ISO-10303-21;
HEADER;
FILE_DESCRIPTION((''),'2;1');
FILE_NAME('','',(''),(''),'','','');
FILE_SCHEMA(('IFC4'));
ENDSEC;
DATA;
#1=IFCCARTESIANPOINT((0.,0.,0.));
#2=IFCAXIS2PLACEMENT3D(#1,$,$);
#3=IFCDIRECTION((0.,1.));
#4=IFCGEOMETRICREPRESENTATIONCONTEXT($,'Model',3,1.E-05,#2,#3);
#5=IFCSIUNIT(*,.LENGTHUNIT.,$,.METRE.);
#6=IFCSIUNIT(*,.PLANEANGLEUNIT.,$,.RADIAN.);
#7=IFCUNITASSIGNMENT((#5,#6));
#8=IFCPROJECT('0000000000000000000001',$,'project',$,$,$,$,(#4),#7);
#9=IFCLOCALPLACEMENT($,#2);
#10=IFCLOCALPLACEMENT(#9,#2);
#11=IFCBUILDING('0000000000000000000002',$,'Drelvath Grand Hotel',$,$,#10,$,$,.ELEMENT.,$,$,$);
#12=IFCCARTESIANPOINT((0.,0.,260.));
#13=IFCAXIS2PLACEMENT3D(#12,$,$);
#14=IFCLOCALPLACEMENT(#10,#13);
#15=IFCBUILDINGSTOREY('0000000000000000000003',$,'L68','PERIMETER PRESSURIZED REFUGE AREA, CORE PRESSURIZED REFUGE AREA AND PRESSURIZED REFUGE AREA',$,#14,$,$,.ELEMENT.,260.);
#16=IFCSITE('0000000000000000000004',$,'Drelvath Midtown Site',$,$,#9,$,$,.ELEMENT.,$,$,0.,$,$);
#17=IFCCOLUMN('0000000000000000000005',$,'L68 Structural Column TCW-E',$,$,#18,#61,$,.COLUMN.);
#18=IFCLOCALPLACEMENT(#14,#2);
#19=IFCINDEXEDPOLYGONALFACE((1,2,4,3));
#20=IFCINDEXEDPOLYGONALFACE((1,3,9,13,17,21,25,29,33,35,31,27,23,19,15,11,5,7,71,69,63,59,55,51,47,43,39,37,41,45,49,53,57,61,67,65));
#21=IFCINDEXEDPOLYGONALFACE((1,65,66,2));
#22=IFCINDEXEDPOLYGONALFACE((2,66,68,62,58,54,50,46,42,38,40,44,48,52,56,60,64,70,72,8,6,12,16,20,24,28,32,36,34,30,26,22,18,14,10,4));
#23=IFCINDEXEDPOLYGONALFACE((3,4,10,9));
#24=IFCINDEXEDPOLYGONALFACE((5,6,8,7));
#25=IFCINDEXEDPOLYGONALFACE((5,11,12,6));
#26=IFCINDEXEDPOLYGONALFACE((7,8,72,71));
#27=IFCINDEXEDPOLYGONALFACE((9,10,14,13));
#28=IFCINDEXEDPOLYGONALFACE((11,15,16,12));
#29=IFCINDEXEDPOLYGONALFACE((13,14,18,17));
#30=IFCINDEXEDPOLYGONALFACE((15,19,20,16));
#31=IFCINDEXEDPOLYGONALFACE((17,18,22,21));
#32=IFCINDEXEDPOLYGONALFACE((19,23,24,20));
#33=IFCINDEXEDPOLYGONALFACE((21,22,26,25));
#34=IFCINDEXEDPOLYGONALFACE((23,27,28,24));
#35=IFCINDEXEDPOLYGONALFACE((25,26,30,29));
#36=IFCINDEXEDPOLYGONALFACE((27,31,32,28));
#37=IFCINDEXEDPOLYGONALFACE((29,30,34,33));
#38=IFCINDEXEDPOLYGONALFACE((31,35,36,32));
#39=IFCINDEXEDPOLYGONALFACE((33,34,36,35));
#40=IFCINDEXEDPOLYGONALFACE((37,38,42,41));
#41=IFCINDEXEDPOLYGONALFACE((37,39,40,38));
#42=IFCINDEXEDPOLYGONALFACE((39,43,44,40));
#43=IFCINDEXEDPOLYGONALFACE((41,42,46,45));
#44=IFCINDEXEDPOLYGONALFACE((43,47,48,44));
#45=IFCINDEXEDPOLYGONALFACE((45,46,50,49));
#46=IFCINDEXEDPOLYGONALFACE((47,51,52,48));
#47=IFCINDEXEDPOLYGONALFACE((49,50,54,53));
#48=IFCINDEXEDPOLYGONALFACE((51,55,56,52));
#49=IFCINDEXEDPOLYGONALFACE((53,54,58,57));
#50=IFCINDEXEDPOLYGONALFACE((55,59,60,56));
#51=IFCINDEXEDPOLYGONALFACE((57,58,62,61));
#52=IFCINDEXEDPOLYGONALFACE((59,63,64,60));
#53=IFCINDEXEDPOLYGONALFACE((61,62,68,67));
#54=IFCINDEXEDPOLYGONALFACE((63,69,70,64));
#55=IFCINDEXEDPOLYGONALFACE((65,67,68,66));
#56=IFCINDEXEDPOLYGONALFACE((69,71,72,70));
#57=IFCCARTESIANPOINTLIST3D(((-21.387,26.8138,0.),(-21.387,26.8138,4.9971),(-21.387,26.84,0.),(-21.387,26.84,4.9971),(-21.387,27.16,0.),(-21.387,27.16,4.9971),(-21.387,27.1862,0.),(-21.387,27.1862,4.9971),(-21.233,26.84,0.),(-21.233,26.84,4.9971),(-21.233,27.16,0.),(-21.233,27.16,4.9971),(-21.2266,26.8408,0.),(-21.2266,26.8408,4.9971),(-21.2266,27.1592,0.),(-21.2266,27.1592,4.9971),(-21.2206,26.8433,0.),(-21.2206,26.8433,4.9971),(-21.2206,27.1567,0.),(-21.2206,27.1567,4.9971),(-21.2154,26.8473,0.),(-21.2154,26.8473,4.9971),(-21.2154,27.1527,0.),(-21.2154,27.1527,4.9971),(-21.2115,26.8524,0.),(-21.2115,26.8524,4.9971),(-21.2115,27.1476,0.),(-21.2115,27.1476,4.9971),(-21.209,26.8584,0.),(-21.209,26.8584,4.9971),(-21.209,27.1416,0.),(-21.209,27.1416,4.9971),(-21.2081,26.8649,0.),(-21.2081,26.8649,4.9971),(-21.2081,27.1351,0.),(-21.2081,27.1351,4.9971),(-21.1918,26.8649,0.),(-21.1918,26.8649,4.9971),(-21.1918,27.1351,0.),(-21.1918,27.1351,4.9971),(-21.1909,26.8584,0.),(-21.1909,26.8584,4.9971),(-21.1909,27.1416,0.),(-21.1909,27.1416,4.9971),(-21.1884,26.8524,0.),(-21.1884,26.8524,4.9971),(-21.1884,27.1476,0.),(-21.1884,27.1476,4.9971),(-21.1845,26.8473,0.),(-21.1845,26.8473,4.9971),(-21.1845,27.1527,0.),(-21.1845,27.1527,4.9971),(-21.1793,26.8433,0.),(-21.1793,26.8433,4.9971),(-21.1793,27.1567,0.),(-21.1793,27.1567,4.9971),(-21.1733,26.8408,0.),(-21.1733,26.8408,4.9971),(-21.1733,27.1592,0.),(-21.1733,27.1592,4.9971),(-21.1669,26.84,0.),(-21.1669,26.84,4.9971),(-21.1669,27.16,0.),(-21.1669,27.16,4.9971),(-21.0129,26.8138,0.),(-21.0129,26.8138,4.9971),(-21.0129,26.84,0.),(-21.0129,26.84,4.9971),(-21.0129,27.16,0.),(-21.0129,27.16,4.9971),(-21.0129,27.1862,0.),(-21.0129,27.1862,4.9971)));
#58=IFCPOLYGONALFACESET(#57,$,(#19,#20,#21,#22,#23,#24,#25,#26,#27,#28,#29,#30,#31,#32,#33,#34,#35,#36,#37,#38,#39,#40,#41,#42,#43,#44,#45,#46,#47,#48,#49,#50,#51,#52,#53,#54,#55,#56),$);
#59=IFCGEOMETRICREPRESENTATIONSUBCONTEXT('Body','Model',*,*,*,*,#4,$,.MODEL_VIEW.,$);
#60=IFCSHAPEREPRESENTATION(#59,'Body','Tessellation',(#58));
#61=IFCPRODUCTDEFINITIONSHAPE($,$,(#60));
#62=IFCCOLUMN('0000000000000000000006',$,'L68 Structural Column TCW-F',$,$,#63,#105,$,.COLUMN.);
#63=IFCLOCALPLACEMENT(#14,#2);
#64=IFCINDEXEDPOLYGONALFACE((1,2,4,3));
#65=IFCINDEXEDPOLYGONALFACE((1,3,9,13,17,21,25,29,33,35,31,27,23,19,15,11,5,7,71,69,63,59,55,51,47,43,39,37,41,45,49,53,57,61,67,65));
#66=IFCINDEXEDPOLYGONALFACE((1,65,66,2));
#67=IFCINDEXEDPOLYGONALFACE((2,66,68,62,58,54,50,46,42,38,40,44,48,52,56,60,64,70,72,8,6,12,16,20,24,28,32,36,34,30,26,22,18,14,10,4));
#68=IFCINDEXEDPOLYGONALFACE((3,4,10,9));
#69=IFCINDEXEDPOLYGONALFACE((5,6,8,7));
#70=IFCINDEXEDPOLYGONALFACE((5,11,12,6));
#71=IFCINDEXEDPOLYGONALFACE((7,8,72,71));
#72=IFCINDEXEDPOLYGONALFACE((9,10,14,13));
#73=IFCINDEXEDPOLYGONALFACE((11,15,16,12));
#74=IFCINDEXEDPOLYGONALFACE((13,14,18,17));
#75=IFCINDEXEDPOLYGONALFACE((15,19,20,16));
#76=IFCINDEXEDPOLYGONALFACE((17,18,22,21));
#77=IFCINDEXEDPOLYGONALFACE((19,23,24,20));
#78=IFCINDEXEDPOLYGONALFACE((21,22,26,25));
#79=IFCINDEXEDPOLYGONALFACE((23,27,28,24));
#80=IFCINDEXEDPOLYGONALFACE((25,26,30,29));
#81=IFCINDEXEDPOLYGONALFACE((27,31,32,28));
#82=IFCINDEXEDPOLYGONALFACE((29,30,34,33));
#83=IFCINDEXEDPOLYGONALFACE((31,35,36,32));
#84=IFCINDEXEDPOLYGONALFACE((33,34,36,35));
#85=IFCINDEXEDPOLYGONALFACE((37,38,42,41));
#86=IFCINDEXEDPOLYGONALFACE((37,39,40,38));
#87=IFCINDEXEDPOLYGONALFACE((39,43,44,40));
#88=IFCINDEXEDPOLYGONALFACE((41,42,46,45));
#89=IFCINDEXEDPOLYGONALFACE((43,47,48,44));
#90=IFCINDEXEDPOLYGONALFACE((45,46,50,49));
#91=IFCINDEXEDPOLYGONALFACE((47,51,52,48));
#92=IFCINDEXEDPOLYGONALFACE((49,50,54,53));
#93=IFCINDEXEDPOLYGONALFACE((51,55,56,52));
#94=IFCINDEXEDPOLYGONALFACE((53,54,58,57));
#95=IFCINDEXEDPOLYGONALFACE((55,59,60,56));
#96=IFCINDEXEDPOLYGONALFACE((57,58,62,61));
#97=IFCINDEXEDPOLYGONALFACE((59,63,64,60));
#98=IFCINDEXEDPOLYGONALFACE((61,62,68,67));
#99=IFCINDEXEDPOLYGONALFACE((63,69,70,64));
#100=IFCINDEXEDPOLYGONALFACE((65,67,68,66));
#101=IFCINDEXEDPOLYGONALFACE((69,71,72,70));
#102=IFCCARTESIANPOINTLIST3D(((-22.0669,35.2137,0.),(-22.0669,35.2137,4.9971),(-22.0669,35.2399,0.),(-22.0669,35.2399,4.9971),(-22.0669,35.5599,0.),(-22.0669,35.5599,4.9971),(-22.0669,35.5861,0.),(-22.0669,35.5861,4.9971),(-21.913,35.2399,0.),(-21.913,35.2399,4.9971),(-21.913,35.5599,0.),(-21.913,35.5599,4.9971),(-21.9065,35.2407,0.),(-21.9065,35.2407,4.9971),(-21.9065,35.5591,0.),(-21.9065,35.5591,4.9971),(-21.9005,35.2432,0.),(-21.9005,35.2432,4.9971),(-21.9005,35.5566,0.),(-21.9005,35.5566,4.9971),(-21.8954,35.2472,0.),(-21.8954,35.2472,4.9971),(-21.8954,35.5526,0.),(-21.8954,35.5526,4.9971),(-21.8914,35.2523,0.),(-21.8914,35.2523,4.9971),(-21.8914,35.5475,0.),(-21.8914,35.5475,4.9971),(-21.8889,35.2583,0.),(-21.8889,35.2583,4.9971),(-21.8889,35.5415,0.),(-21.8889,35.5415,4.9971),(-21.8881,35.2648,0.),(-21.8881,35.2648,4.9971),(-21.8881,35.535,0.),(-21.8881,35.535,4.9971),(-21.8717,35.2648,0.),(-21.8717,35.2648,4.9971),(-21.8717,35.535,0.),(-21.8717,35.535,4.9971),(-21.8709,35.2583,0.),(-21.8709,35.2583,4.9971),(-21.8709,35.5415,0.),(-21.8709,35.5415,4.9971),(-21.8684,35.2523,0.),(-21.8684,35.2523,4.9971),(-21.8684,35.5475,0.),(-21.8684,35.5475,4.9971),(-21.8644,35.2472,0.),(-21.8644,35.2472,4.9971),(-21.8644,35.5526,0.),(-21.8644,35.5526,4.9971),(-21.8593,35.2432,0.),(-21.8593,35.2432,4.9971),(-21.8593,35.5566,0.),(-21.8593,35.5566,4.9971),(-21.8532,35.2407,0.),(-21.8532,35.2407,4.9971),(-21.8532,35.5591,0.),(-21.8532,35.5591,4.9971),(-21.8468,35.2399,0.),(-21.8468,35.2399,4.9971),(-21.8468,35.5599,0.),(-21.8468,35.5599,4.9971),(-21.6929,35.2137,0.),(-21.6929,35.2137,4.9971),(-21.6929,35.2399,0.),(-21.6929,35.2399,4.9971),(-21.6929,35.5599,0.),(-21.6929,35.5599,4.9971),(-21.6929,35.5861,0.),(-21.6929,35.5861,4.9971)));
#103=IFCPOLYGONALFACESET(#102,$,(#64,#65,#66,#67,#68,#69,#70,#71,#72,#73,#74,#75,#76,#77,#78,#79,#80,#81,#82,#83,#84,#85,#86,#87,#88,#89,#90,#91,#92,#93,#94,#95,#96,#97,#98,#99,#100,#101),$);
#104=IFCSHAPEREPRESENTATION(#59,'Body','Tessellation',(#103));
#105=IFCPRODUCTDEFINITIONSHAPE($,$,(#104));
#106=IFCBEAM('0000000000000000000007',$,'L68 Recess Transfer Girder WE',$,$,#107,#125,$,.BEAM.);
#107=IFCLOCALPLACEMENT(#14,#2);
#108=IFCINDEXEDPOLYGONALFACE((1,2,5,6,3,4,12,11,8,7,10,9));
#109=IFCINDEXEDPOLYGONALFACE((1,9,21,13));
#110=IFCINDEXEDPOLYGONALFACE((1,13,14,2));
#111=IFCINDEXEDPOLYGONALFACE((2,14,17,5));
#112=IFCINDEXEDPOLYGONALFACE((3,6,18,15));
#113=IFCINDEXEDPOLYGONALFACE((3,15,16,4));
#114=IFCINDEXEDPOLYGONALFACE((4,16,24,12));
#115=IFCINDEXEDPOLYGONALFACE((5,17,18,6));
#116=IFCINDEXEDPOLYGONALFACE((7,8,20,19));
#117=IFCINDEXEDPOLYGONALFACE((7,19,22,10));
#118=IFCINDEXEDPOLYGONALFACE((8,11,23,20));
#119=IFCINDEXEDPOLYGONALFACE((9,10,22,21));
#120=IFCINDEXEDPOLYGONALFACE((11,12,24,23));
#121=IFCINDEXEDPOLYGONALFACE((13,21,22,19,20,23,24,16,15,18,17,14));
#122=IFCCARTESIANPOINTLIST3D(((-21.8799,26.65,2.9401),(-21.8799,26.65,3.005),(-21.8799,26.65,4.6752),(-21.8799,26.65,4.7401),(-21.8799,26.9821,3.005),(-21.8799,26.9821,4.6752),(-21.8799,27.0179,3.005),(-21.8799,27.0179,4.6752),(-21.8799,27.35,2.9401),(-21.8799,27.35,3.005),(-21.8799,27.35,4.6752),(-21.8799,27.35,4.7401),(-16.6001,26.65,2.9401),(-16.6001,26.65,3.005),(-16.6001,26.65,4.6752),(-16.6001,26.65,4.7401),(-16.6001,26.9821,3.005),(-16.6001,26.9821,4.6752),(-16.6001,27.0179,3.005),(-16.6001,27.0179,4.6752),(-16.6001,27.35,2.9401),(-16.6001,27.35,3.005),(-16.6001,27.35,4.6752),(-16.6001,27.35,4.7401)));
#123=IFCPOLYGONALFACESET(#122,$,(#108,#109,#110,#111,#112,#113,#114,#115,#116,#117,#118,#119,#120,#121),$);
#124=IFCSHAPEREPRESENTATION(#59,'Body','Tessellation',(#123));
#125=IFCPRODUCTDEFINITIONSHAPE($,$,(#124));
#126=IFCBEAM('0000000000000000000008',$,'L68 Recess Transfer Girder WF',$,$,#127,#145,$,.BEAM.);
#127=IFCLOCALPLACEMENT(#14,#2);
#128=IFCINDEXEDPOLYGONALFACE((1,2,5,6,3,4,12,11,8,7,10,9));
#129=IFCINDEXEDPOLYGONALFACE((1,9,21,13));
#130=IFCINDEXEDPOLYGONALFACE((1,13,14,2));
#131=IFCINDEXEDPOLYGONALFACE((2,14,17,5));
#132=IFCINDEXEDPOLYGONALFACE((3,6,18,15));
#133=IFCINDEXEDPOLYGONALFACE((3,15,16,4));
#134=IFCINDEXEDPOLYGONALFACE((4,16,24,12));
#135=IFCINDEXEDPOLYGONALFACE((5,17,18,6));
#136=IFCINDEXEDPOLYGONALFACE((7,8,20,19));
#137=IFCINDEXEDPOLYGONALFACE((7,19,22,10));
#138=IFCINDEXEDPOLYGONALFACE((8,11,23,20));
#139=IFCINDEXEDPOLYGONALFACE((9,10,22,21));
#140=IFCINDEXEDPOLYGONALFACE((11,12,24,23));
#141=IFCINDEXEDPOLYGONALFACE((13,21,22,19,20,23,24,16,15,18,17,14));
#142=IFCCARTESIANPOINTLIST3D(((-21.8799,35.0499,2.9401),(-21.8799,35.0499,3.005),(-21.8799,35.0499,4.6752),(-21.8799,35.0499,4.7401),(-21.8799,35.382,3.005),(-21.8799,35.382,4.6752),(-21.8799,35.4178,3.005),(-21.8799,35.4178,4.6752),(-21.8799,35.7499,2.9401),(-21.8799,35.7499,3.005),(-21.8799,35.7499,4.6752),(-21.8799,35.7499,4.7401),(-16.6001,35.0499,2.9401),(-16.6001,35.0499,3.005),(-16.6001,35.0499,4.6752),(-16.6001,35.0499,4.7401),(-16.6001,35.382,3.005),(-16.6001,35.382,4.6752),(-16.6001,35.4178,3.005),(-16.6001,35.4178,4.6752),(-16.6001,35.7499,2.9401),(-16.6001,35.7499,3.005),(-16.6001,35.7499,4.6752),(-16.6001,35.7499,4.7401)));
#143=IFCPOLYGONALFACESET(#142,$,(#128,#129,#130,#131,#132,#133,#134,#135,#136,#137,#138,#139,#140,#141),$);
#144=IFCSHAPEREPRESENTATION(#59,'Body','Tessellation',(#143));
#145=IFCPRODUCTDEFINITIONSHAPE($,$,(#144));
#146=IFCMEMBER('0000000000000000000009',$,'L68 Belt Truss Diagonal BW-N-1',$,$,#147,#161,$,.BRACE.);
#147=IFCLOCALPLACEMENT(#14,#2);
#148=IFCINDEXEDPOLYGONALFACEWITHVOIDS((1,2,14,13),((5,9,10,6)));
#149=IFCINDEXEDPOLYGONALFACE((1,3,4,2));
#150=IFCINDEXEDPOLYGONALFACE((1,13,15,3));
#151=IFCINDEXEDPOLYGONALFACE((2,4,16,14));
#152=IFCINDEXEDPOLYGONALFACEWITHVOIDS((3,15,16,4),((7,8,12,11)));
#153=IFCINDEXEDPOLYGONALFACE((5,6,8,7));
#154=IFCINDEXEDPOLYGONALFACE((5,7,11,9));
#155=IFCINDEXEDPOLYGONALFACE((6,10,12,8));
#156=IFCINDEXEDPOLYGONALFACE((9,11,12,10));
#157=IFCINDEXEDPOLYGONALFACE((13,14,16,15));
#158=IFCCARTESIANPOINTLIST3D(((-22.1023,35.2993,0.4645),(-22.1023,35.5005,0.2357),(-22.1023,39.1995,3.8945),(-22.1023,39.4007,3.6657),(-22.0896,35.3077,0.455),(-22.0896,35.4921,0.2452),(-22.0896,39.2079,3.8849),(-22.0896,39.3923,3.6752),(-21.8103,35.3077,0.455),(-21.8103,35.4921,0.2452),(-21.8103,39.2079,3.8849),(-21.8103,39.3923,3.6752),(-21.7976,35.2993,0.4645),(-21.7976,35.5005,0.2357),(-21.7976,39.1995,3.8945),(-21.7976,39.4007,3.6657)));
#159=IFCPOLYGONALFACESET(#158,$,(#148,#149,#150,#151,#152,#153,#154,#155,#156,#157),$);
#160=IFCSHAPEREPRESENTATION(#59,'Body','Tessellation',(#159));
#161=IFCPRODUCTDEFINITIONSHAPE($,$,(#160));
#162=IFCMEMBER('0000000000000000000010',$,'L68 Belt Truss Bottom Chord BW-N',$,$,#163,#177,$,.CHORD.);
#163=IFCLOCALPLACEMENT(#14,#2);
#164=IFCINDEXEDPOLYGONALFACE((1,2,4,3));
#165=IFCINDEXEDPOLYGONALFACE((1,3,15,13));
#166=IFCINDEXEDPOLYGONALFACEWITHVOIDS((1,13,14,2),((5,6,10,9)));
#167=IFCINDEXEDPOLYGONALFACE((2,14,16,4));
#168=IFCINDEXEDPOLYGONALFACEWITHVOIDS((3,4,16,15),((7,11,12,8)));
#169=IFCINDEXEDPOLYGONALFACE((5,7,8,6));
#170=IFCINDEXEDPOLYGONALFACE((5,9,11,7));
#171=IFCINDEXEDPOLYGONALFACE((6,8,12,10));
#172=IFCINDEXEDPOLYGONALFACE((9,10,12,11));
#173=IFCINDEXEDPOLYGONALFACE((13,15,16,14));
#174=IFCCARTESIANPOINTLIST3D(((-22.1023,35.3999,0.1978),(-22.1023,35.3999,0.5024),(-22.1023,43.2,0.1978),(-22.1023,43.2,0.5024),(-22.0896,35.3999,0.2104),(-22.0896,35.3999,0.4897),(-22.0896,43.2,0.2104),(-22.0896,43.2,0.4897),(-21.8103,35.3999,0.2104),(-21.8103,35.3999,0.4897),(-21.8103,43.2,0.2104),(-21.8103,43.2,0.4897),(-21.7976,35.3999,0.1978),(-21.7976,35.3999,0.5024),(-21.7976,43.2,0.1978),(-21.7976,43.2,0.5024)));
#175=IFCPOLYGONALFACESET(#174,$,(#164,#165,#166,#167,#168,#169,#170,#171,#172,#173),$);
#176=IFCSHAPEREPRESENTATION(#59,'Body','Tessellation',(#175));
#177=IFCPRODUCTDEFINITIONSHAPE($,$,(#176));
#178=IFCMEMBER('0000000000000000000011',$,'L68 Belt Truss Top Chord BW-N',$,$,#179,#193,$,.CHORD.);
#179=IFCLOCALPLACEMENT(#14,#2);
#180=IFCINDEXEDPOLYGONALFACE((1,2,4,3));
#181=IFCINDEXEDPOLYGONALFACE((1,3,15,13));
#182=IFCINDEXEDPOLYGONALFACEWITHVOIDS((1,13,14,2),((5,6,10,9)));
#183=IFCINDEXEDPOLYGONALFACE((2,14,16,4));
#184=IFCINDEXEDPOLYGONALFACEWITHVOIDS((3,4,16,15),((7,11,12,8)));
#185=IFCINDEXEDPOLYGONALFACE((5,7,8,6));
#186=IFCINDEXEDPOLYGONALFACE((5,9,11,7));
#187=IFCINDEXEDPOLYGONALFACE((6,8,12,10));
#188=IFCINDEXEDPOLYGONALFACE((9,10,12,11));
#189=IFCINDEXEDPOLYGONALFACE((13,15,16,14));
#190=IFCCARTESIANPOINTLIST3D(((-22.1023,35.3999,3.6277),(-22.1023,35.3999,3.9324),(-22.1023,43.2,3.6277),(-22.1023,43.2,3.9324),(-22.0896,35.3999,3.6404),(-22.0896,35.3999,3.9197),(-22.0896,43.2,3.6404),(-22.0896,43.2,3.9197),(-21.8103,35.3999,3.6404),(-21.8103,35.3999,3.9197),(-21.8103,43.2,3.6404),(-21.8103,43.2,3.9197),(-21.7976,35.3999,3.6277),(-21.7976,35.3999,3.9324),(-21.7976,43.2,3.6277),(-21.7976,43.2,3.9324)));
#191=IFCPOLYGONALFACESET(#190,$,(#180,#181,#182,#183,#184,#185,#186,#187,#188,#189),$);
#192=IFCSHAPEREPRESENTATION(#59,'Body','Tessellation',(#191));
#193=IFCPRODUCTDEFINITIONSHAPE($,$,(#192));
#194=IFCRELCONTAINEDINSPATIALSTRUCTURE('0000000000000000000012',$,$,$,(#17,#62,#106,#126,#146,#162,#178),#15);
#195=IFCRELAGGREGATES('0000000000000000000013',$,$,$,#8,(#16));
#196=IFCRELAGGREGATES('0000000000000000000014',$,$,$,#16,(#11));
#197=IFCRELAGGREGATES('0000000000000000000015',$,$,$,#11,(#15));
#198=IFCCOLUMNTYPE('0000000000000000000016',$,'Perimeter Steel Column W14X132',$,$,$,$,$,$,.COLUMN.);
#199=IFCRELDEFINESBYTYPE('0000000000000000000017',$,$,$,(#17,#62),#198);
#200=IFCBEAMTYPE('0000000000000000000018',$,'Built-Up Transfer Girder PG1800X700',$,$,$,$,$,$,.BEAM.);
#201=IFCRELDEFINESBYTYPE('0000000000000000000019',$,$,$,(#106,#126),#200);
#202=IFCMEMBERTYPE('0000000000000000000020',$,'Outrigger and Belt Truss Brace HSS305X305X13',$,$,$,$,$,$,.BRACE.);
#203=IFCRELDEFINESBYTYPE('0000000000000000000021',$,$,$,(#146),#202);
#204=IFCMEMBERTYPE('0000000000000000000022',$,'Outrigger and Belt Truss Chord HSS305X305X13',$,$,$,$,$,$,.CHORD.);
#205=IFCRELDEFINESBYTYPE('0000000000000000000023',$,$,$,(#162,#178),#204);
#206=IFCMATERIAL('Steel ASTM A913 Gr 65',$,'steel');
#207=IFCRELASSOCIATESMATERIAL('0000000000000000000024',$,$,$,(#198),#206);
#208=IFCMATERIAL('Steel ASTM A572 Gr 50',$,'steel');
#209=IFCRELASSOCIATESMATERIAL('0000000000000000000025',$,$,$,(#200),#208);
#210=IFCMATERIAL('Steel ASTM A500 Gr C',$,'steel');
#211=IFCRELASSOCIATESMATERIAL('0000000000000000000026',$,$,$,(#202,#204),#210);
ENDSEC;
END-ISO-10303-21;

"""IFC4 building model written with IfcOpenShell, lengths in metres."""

from ifc_helpers import new_model, si_unit, direction, frame, origin, origin_2d, place, context, subcontext, project, spatial, hollow_rectangle, i_section, extrude, material, material_profile, profile_set, type_object, element, save


model = new_model("IFC4")

# Units and contexts
model_context = context("Model", 3, precision=1e-05, world=origin(), true_north=direction((0.0, 1.0)))
body_context = subcontext(model_context, "Body", "Model", "MODEL_VIEW")
ifc_project = project(units=[si_unit("LENGTHUNIT", "METRE"), si_unit("PLANEANGLEUNIT", "RADIAN")], contexts=[model_context])

# Site, building, storey
site_placement = place(None, origin())
site = spatial("IfcSite", under=ifc_project, at=site_placement, Name="Drelvath Midtown Site", CompositionType="ELEMENT", RefElevation=0.0)
building_placement = place(site_placement, origin())
building = spatial("IfcBuilding", under=site, at=building_placement, Name="Drelvath Grand Hotel", CompositionType="ELEMENT")
storey_placement = place(building_placement, frame((0.0, 0.0, 260.0)))
storey = spatial("IfcBuildingStorey", under=building, at=storey_placement, Name="L68", Description="PERIMETER PRESSURIZED REFUGE AREA, CORE PRESSURIZED REFUGE AREA AND PRESSURIZED REFUGE AREA", CompositionType="ELEMENT", Elevation=260.0)

# Columns
ifc_material_1 = material(Name="Steel ASTM A913 Gr 65", Category="steel")
ifc_material_profile_1 = material_profile(ifc_material_1, i_section(OverallWidth=0.374, OverallDepth=0.3723, WebThickness=0.0164, FlangeThickness=0.0261, FilletRadius=0.0249, at=origin_2d()), Name="W14X132")
ifc_profile_set_1 = profile_set([ifc_material_profile_1], Name="Steel ASTM A913 Gr 65")
column_type = type_object("IfcColumnType", Name="Perimeter Steel Column W14X132", PredefinedType="COLUMN", material=ifc_profile_set_1)
for number, where, z_axis, x_axis, name in (
    (1, (-21.2, 27.0, 0.0), (0.0, 0.0, 1.0), (1.0, 0.0, 0.0), "L68 Structural Column TCW-E"),
    (2, (-21.8799, 35.3999, 0.0), (0.0, 0.0, 1.0), (1.0, 0.0, 0.0), "L68 Structural Column TCW-F"),
):
    element("IfcColumn", number, at=place(storey_placement, frame(where, z_axis=z_axis, x_axis=x_axis)), inside=storey, type_object=column_type, Name=name, PredefinedType="COLUMN", context=body_context, shape_type="SweptSolid", body=[
        extrude(i_section(OverallWidth=0.374, OverallDepth=0.3723, WebThickness=0.0164, FlangeThickness=0.0261, FilletRadius=0.0249, at=origin_2d()), origin(), (0.0, 0.0, 1.0), 4.9971),
    ])

# Beams
ifc_material_2 = material(Name="Steel ASTM A572 Gr 50", Category="steel")
ifc_material_profile_2 = material_profile(ifc_material_2, i_section(OverallWidth=0.7, OverallDepth=1.8, WebThickness=0.0359, FlangeThickness=0.0649, at=origin_2d()), Name="PG1800X700")
ifc_profile_set_2 = profile_set([ifc_material_profile_2], Name="Steel ASTM A572 Gr 50")
beam_type_1 = type_object("IfcBeamType", Name="Built-Up Transfer Girder PG1800X700", PredefinedType="BEAM", material=ifc_profile_set_2)
for number, where, z_axis, x_axis, name in (
    (3, (-21.8799, 27.0, 3.8401), (1.0, 0.0, 0.0), (0.0, 1.0, 0.0), "L68 Recess Transfer Girder WE"),
    (4, (-21.8799, 35.3999, 3.8401), (1.0, 0.0, 0.0), (0.0, 1.0, 0.0), "L68 Recess Transfer Girder WF"),
):
    element("IfcBeam", number, at=place(storey_placement, frame(where, z_axis=z_axis, x_axis=x_axis)), inside=storey, type_object=beam_type_1, Name=name, PredefinedType="BEAM", context=body_context, shape_type="SweptSolid", body=[
        extrude(i_section(OverallWidth=0.7, OverallDepth=1.8, WebThickness=0.0359, FlangeThickness=0.0649, at=origin_2d()), origin(), (0.0, 0.0, 1.0), 5.2798),
    ])

# Members
ifc_material_3 = material(Name="Steel ASTM A500 Gr C", Category="steel")
ifc_material_profile_3 = material_profile(ifc_material_3, hollow_rectangle(XDim=0.3047, YDim=0.3047, WallThickness=0.0127, at=origin_2d()), Name="HSS305X305X13")
ifc_profile_set_3 = profile_set([ifc_material_profile_3], Name="Steel ASTM A500 Gr C")
member_type_1 = type_object("IfcMemberType", Name="Outrigger and Belt Truss Brace HSS305X305X13", PredefinedType="BRACE", material=ifc_profile_set_3)
member_placement = place(storey_placement, frame((-21.95, 35.3999, 0.3501), z_axis=(0.0, 0.750923, 0.660389), x_axis=(-1.0, 0.0, 0.0)))
element("IfcMember", 5, at=member_placement, inside=storey, type_object=member_type_1, Name="L68 Belt Truss Diagonal BW-N-1", PredefinedType="BRACE", context=body_context, shape_type="SweptSolid", body=[
    extrude(hollow_rectangle(XDim=0.3047, YDim=0.3047, WallThickness=0.0127, at=origin_2d()), origin(), (0.0, 0.0, 1.0), 5.1938),
])
ifc_material_profile_4 = material_profile(ifc_material_3, hollow_rectangle(XDim=0.3047, YDim=0.3047, WallThickness=0.0127, at=origin_2d()), Name="HSS305X305X13")
ifc_profile_set_4 = profile_set([ifc_material_profile_4], Name="Steel ASTM A500 Gr C")
member_type_2 = type_object("IfcMemberType", Name="Outrigger and Belt Truss Chord HSS305X305X13", PredefinedType="CHORD", material=ifc_profile_set_4)
for number, where, z_axis, x_axis, name in (
    (6, (-21.95, 35.3999, 0.3501), (0.0, 1.0, 0.0), (-1.0, 0.0, 0.0), "L68 Belt Truss Bottom Chord BW-N"),
    (7, (-21.95, 35.3999, 3.78), (0.0, 1.0, 0.0), (-1.0, 0.0, 0.0), "L68 Belt Truss Top Chord BW-N"),
):
    element("IfcMember", number, at=place(storey_placement, frame(where, z_axis=z_axis, x_axis=x_axis)), inside=storey, type_object=member_type_2, Name=name, PredefinedType="CHORD", context=body_context, shape_type="SweptSolid", body=[
        extrude(hollow_rectangle(XDim=0.3047, YDim=0.3047, WallThickness=0.0127, at=origin_2d()), origin(), (0.0, 0.0, 1.0), 7.8),
    ])

save(model, "model.ifc")
